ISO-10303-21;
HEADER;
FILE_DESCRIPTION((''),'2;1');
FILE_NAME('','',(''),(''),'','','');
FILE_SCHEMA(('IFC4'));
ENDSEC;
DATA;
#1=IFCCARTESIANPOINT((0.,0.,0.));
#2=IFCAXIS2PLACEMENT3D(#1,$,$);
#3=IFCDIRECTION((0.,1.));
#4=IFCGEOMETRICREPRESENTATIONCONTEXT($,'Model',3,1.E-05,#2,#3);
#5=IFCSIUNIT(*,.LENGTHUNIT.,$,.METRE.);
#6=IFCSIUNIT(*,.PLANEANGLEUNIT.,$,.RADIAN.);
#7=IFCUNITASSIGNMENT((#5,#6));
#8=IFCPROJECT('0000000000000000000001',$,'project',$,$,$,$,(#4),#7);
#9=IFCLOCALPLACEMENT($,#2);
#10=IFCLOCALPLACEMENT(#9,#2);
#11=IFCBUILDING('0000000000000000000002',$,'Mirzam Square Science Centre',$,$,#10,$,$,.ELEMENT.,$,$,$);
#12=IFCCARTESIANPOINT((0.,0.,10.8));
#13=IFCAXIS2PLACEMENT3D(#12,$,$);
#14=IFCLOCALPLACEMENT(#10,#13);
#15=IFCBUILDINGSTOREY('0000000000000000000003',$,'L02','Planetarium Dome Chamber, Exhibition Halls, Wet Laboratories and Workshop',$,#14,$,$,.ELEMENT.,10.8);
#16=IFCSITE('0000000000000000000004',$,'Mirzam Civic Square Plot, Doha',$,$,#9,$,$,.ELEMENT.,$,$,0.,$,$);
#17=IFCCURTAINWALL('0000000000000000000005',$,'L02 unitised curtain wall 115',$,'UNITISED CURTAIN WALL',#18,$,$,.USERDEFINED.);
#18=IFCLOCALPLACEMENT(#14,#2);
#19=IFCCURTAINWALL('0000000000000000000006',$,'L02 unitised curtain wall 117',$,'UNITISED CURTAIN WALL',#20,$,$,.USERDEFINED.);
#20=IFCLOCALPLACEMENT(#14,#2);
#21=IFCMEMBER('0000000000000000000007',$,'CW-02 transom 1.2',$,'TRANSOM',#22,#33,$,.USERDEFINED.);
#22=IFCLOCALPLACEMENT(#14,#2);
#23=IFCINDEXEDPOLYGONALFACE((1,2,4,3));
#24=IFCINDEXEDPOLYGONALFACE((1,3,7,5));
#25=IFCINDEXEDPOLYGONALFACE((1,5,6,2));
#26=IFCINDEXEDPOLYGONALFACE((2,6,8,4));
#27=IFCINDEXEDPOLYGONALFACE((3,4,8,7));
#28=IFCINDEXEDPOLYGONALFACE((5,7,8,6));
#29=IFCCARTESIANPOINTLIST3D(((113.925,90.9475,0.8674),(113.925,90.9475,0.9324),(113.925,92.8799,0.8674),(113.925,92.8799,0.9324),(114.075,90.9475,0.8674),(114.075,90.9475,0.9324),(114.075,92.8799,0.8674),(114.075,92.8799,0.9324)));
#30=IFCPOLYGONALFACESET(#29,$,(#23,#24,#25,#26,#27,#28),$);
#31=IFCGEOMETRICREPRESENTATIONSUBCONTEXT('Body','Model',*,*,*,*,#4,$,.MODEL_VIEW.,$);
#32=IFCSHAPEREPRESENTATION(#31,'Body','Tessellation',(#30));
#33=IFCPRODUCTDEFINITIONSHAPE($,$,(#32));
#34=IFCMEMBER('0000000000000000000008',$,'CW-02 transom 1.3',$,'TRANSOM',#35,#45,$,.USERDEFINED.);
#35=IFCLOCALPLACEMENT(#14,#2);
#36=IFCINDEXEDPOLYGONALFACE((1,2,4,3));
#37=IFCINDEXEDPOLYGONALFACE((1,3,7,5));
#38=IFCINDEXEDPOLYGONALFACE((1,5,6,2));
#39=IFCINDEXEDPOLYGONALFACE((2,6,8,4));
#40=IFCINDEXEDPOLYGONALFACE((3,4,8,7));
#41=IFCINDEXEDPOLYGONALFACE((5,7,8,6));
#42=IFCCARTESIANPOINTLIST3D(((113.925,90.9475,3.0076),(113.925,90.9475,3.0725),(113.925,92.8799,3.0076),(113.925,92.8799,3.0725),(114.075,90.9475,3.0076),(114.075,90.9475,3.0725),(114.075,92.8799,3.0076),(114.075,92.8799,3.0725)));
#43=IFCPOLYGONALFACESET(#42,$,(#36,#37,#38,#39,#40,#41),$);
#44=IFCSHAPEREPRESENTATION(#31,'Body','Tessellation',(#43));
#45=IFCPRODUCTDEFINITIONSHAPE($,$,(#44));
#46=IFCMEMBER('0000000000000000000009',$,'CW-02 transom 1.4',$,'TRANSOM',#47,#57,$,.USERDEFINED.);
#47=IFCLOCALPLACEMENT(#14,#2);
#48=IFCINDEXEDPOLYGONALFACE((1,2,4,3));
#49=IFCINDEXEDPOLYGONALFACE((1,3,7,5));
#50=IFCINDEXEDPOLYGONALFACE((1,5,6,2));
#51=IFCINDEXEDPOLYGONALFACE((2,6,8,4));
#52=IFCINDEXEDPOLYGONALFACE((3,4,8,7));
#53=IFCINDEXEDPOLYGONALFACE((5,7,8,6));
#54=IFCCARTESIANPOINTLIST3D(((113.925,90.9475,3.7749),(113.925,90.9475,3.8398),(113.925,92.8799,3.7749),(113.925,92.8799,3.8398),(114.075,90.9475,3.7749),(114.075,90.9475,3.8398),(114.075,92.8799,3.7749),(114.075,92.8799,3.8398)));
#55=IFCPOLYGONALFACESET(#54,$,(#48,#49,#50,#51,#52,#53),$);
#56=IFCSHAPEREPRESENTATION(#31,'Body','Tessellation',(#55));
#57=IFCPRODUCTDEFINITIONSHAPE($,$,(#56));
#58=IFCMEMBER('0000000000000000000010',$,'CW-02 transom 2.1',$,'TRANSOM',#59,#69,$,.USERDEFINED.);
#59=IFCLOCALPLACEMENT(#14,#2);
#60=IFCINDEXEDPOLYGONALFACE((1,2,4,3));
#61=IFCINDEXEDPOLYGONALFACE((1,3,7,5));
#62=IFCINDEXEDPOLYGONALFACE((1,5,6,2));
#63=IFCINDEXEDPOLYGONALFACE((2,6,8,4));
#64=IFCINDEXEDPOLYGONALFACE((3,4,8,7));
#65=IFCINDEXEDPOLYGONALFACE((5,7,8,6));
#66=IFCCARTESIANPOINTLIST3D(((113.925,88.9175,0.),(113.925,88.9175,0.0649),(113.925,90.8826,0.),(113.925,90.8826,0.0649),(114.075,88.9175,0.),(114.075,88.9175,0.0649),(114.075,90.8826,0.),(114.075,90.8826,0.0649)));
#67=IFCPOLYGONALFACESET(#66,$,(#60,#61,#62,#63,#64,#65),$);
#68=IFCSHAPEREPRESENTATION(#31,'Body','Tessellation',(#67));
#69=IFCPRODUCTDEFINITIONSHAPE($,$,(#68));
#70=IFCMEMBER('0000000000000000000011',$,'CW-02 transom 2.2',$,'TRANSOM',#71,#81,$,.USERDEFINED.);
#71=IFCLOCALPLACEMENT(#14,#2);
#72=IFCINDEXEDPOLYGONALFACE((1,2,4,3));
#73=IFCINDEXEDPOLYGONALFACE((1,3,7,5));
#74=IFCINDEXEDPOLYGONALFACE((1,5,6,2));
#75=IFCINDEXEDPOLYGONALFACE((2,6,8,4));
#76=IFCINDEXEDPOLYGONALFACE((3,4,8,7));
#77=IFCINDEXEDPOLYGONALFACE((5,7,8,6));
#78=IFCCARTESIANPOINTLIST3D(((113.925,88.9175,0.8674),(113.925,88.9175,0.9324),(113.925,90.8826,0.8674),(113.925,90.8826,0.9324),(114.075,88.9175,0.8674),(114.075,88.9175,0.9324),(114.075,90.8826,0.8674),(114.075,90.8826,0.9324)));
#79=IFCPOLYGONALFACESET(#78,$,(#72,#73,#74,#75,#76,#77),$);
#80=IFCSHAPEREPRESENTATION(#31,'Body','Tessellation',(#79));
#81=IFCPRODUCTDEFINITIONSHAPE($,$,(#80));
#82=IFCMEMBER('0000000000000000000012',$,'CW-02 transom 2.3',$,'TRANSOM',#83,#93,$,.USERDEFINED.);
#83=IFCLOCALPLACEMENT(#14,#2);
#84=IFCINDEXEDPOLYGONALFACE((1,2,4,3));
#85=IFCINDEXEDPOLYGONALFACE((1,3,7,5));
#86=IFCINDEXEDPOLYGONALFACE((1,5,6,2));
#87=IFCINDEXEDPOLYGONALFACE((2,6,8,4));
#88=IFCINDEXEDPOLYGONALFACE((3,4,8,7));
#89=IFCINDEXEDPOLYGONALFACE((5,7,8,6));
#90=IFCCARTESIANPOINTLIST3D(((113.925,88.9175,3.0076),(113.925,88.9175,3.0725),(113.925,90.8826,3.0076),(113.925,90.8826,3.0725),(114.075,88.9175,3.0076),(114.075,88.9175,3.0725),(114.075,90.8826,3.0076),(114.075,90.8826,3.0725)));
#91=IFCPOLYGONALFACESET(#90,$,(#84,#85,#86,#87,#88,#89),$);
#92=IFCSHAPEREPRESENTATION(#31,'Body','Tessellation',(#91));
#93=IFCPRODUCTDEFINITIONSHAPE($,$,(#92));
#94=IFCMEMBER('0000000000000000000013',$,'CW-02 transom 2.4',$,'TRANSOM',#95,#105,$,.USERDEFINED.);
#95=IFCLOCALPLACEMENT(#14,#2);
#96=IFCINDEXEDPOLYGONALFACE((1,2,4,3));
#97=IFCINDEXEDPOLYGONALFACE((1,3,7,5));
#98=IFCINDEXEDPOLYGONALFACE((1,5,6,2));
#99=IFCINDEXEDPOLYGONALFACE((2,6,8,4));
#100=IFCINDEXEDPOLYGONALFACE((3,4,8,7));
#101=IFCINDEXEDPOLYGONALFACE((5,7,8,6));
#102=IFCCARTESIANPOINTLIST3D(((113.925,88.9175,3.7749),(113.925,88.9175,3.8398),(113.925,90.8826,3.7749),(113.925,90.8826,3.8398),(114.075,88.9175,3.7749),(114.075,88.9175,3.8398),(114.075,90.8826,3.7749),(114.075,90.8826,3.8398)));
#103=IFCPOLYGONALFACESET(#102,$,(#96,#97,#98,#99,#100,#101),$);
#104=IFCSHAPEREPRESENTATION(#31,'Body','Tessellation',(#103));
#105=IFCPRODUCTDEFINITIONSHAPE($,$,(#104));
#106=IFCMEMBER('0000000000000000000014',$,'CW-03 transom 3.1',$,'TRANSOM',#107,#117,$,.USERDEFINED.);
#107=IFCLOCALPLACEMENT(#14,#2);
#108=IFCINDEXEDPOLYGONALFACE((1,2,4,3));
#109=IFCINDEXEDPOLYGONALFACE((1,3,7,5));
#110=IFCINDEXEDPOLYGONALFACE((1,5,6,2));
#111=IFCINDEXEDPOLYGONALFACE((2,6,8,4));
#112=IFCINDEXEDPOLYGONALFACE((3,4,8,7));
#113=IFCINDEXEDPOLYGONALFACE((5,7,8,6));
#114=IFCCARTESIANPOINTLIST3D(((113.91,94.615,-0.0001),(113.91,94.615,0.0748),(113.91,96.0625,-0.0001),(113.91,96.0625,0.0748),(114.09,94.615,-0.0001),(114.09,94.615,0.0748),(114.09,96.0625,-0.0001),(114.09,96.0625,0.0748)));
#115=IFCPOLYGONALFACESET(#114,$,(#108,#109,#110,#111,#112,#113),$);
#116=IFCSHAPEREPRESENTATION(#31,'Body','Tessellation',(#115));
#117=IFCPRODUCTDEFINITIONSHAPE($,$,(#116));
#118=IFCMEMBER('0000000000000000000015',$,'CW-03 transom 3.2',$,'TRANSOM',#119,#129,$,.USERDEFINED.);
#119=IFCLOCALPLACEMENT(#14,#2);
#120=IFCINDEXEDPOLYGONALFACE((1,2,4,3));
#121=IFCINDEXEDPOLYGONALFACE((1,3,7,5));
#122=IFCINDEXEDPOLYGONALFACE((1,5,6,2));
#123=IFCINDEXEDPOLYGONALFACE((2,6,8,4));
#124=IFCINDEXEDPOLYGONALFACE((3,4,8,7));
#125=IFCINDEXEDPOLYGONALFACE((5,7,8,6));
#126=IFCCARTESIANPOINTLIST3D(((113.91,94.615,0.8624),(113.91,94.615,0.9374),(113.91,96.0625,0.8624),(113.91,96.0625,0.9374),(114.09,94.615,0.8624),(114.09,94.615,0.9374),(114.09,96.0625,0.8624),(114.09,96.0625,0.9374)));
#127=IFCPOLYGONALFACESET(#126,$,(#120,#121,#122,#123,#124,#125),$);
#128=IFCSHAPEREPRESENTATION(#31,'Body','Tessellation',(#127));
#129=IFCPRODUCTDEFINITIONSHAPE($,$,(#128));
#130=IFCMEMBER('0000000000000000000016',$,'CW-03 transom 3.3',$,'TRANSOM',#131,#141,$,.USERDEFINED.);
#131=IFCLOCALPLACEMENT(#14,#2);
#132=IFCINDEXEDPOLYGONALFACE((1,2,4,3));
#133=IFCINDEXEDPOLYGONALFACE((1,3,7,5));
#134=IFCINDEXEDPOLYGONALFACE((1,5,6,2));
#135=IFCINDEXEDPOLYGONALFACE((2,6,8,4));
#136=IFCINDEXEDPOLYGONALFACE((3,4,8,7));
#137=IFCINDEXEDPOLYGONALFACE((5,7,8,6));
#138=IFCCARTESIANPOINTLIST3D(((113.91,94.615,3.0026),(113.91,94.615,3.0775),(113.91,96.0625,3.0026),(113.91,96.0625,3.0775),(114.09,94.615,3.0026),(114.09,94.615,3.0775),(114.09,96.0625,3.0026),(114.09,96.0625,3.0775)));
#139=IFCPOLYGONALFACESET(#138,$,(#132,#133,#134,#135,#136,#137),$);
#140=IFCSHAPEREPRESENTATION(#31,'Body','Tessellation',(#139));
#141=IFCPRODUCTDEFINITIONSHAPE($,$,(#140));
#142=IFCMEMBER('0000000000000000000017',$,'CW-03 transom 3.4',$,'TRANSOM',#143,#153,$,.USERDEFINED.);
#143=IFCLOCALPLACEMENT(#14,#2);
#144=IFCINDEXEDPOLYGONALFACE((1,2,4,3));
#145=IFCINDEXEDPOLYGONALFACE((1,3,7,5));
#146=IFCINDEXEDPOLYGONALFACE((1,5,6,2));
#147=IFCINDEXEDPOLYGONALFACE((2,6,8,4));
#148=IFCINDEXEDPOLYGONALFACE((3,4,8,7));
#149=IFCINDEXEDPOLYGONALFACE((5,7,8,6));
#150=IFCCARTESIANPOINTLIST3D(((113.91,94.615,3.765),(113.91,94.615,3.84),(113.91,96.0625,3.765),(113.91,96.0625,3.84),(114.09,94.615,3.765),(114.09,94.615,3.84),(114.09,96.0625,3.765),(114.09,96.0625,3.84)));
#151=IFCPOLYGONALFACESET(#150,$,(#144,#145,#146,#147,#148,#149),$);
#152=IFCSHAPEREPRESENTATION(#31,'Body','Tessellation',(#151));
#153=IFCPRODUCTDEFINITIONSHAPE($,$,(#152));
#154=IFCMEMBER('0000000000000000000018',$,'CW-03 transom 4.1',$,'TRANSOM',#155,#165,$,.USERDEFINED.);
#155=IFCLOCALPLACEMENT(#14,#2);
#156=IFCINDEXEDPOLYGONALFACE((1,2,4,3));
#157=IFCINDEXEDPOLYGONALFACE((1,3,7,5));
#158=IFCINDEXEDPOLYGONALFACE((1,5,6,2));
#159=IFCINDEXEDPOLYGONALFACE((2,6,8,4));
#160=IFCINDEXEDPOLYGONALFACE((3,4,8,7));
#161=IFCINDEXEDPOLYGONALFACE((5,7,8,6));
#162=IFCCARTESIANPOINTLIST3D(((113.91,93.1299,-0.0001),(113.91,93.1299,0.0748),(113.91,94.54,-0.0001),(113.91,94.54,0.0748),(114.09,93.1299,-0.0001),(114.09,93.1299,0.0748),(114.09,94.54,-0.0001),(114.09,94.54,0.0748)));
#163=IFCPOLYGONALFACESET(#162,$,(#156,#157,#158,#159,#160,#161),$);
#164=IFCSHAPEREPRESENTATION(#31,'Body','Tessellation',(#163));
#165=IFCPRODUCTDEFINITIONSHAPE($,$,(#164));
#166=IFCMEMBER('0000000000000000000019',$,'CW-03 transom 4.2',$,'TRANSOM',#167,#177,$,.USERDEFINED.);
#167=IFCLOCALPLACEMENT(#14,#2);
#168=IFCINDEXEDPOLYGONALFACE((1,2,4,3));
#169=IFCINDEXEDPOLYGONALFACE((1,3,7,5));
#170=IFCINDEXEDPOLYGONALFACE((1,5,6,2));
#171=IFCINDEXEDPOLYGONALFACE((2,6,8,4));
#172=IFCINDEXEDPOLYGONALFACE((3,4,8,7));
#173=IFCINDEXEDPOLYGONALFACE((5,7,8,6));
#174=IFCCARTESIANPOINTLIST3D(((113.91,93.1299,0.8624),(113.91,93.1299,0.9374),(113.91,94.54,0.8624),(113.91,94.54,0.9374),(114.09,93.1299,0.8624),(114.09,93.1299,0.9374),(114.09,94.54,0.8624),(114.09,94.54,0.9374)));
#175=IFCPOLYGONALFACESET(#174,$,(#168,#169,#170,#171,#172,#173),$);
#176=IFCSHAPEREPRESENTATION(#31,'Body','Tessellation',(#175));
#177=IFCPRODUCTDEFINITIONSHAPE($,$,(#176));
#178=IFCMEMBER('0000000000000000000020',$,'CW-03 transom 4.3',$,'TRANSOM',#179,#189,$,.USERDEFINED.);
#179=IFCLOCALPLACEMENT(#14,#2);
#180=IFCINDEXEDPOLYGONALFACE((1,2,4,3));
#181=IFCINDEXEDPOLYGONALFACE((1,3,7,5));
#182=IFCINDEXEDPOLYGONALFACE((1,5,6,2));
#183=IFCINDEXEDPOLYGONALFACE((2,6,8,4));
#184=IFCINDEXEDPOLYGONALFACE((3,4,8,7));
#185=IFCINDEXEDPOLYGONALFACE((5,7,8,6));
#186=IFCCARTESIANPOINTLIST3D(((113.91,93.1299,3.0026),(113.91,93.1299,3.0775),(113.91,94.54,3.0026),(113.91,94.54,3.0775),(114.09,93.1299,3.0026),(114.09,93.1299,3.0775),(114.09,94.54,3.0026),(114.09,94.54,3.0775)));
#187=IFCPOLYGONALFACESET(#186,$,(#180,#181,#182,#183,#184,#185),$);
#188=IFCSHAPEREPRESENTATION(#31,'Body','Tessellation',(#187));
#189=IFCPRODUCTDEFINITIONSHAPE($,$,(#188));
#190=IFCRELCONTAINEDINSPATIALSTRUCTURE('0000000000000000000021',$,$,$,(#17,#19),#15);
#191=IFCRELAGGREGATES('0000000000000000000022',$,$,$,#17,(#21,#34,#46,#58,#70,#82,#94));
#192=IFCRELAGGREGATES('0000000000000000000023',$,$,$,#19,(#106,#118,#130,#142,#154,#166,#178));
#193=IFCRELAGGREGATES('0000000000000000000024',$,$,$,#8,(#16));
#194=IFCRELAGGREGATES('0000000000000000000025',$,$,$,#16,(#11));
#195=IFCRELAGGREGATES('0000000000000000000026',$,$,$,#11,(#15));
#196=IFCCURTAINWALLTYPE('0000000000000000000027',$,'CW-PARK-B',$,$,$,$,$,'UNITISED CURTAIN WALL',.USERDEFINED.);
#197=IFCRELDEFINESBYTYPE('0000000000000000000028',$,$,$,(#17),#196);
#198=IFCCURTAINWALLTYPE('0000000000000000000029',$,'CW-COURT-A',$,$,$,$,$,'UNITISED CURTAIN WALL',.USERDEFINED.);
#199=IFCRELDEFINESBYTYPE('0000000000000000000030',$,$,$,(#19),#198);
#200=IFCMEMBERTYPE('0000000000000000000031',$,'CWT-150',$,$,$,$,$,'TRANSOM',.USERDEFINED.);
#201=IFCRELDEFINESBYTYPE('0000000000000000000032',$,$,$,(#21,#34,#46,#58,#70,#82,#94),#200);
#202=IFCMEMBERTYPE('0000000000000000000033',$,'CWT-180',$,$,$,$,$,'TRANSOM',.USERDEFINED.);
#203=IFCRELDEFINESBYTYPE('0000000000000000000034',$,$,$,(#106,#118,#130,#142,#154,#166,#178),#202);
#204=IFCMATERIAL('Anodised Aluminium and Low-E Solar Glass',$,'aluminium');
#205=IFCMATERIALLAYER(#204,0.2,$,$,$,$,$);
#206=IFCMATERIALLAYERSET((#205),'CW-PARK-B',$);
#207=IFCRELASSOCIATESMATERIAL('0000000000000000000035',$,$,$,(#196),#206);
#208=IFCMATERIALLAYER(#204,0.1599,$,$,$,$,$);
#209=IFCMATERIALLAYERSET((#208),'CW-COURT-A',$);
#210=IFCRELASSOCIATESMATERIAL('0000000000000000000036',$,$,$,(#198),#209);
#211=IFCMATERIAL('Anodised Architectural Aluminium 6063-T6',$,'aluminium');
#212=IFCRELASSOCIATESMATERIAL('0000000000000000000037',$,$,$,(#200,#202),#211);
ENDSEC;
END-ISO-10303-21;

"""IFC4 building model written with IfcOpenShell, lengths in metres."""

from ifc_helpers import new_model, si_unit, direction, frame, origin, origin_2d, place, context, subcontext, project, spatial, rectangle, extrude, material, layer, layer_set, material_profile, profile_set, type_object, element, aggregate, save


model = new_model("IFC4")

# Units and contexts
model_context = context("Model", 3, precision=1e-05, world=origin(), true_north=direction((0.0, 1.0)))
body_context = subcontext(model_context, "Body", "Model", "MODEL_VIEW")
ifc_project = project(units=[si_unit("LENGTHUNIT", "METRE"), si_unit("PLANEANGLEUNIT", "RADIAN")], contexts=[model_context])

# Site, building, storey
site_placement = place(None, origin())
site = spatial("IfcSite", under=ifc_project, at=site_placement, Name="Mirzam Civic Square Plot, Doha", CompositionType="ELEMENT", RefElevation=0.0)
building_placement = place(site_placement, origin())
building = spatial("IfcBuilding", under=site, at=building_placement, Name="Mirzam Square Science Centre", CompositionType="ELEMENT")
storey_placement = place(building_placement, frame((0.0, 0.0, 10.8)))
storey = spatial("IfcBuildingStorey", under=building, at=storey_placement, Name="L02", Description="Planetarium Dome Chamber, Exhibition Halls, Wet Laboratories and Workshop", CompositionType="ELEMENT", Elevation=10.8)

# Curtain walls
ifc_material_1 = material(Name="Anodised Aluminium and Low-E Solar Glass", Category="aluminium")
ifc_layer_1 = layer(ifc_material_1, 0.2)
ifc_layer_set_1 = layer_set([ifc_layer_1], Name="CW-PARK-B")
curtain_wall_type_1 = type_object("IfcCurtainWallType", Name="CW-PARK-B", ElementType="UNITISED CURTAIN WALL", PredefinedType="USERDEFINED", material=ifc_layer_set_1)
curtain_wall_1_placement = place(storey_placement, origin())
curtain_wall_1 = element("IfcCurtainWall", 1, at=curtain_wall_1_placement, inside=storey, type_object=curtain_wall_type_1, Name="L02 unitised curtain wall 115", ObjectType="UNITISED CURTAIN WALL", PredefinedType="USERDEFINED")
ifc_material_2 = material(Name="Anodised Architectural Aluminium 6063-T6", Category="aluminium")
ifc_layer_2 = layer(ifc_material_1, 0.1599)
ifc_layer_set_2 = layer_set([ifc_layer_2], Name="CW-COURT-A")
curtain_wall_type_2 = type_object("IfcCurtainWallType", Name="CW-COURT-A", ElementType="UNITISED CURTAIN WALL", PredefinedType="USERDEFINED", material=ifc_layer_set_2)
curtain_wall_2_placement = place(storey_placement, origin())
curtain_wall_2 = element("IfcCurtainWall", 2, at=curtain_wall_2_placement, inside=storey, type_object=curtain_wall_type_2, Name="L02 unitised curtain wall 117", ObjectType="UNITISED CURTAIN WALL", PredefinedType="USERDEFINED")

# Members
ifc_material_profile_1 = material_profile(ifc_material_2, rectangle(XDim=0.1499, YDim=0.0649, at=origin_2d()), Name="ALU-TRAN-150x65x4")
ifc_profile_set_1 = profile_set([ifc_material_profile_1], Name="Anodised Architectural Aluminium 6063-T6")
member_type_1 = type_object("IfcMemberType", Name="CWT-150", ElementType="TRANSOM", PredefinedType="USERDEFINED", material=ifc_profile_set_1)
member_1_placement = place(storey_placement, frame((114.0, 92.8799, 0.8999), z_axis=(0.0, -1.0, 0.0), x_axis=(1.0, 0.0, 0.0)))
member_1 = element("IfcMember", 3, at=member_1_placement, type_object=member_type_1, Name="CW-02 transom 1.2", ObjectType="TRANSOM", PredefinedType="USERDEFINED", context=body_context, shape_type="SweptSolid", body=[
    extrude(rectangle(XDim=0.1499, YDim=0.0649, at=origin_2d()), origin(), (0.0, 0.0, 1.0), 1.9324),
])
member_2_placement = place(storey_placement, frame((114.0, 92.8799, 3.04), z_axis=(0.0, -1.0, 0.0), x_axis=(1.0, 0.0, 0.0)))
member_2 = element("IfcMember", 4, at=member_2_placement, type_object=member_type_1, Name="CW-02 transom 1.3", ObjectType="TRANSOM", PredefinedType="USERDEFINED", context=body_context, shape_type="SweptSolid", body=[
    extrude(rectangle(XDim=0.1499, YDim=0.0649, at=origin_2d()), origin(), (0.0, 0.0, 1.0), 1.9324),
])
member_3_placement = place(storey_placement, frame((114.0, 92.8799, 3.8074), z_axis=(0.0, -1.0, 0.0), x_axis=(1.0, 0.0, 0.0)))
member_3 = element("IfcMember", 5, at=member_3_placement, type_object=member_type_1, Name="CW-02 transom 1.4", ObjectType="TRANSOM", PredefinedType="USERDEFINED", context=body_context, shape_type="SweptSolid", body=[
    extrude(rectangle(XDim=0.1499, YDim=0.0649, at=origin_2d()), origin(), (0.0, 0.0, 1.0), 1.9324),
])
member_4_placement = place(storey_placement, frame((114.0, 90.8826, 0.0325), z_axis=(0.0, -1.0, 0.0), x_axis=(1.0, 0.0, 0.0)))
member_4 = element("IfcMember", 6, at=member_4_placement, type_object=member_type_1, Name="CW-02 transom 2.1", ObjectType="TRANSOM", PredefinedType="USERDEFINED", context=body_context, shape_type="SweptSolid", body=[
    extrude(rectangle(XDim=0.1499, YDim=0.0649, at=origin_2d()), origin(), (0.0, 0.0, 1.0), 1.9651),
])
member_5_placement = place(storey_placement, frame((114.0, 90.8826, 0.8999), z_axis=(0.0, -1.0, 0.0), x_axis=(1.0, 0.0, 0.0)))
member_5 = element("IfcMember", 7, at=member_5_placement, type_object=member_type_1, Name="CW-02 transom 2.2", ObjectType="TRANSOM", PredefinedType="USERDEFINED", context=body_context, shape_type="SweptSolid", body=[
    extrude(rectangle(XDim=0.1499, YDim=0.0649, at=origin_2d()), origin(), (0.0, 0.0, 1.0), 1.9651),
])
member_6_placement = place(storey_placement, frame((114.0, 90.8826, 3.04), z_axis=(0.0, -1.0, 0.0), x_axis=(1.0, 0.0, 0.0)))
member_6 = element("IfcMember", 8, at=member_6_placement, type_object=member_type_1, Name="CW-02 transom 2.3", ObjectType="TRANSOM", PredefinedType="USERDEFINED", context=body_context, shape_type="SweptSolid", body=[
    extrude(rectangle(XDim=0.1499, YDim=0.0649, at=origin_2d()), origin(), (0.0, 0.0, 1.0), 1.9651),
])
member_7_placement = place(storey_placement, frame((114.0, 90.8826, 3.8074), z_axis=(0.0, -1.0, 0.0), x_axis=(1.0, 0.0, 0.0)))
member_7 = element("IfcMember", 9, at=member_7_placement, type_object=member_type_1, Name="CW-02 transom 2.4", ObjectType="TRANSOM", PredefinedType="USERDEFINED", context=body_context, shape_type="SweptSolid", body=[
    extrude(rectangle(XDim=0.1499, YDim=0.0649, at=origin_2d()), origin(), (0.0, 0.0, 1.0), 1.9651),
])
ifc_material_profile_2 = material_profile(ifc_material_2, rectangle(XDim=0.1799, YDim=0.075, at=origin_2d()), Name="ALU-TRAN-180x75x5")
ifc_profile_set_2 = profile_set([ifc_material_profile_2], Name="Anodised Architectural Aluminium 6063-T6")
member_type_2 = type_object("IfcMemberType", Name="CWT-180", ElementType="TRANSOM", PredefinedType="USERDEFINED", material=ifc_profile_set_2)
member_8_placement = place(storey_placement, frame((114.0, 96.0625, 0.0374), z_axis=(0.0, -1.0, 0.0), x_axis=(1.0, 0.0, 0.0)))
member_8 = element("IfcMember", 10, at=member_8_placement, type_object=member_type_2, Name="CW-03 transom 3.1", ObjectType="TRANSOM", PredefinedType="USERDEFINED", context=body_context, shape_type="SweptSolid", body=[
    extrude(rectangle(XDim=0.1799, YDim=0.075, at=origin_2d()), origin(), (0.0, 0.0, 1.0), 1.4475),
])
member_9_placement = place(storey_placement, frame((114.0, 96.0625, 0.8999), z_axis=(0.0, -1.0, 0.0), x_axis=(1.0, 0.0, 0.0)))
member_9 = element("IfcMember", 11, at=member_9_placement, type_object=member_type_2, Name="CW-03 transom 3.2", ObjectType="TRANSOM", PredefinedType="USERDEFINED", context=body_context, shape_type="SweptSolid", body=[
    extrude(rectangle(XDim=0.1799, YDim=0.075, at=origin_2d()), origin(), (0.0, 0.0, 1.0), 1.4475),
])
member_10_placement = place(storey_placement, frame((114.0, 96.0625, 3.04), z_axis=(0.0, -1.0, 0.0), x_axis=(1.0, 0.0, 0.0)))
member_10 = element("IfcMember", 12, at=member_10_placement, type_object=member_type_2, Name="CW-03 transom 3.3", ObjectType="TRANSOM", PredefinedType="USERDEFINED", context=body_context, shape_type="SweptSolid", body=[
    extrude(rectangle(XDim=0.1799, YDim=0.075, at=origin_2d()), origin(), (0.0, 0.0, 1.0), 1.4475),
])
member_11_placement = place(storey_placement, frame((114.0, 96.0625, 3.8025), z_axis=(0.0, -1.0, 0.0), x_axis=(1.0, 0.0, 0.0)))
member_11 = element("IfcMember", 13, at=member_11_placement, type_object=member_type_2, Name="CW-03 transom 3.4", ObjectType="TRANSOM", PredefinedType="USERDEFINED", context=body_context, shape_type="SweptSolid", body=[
    extrude(rectangle(XDim=0.1799, YDim=0.075, at=origin_2d()), origin(), (0.0, 0.0, 1.0), 1.4475),
])
member_12_placement = place(storey_placement, frame((114.0, 94.54, 0.0374), z_axis=(0.0, -1.0, 0.0), x_axis=(1.0, 0.0, 0.0)))
member_12 = element("IfcMember", 14, at=member_12_placement, type_object=member_type_2, Name="CW-03 transom 4.1", ObjectType="TRANSOM", PredefinedType="USERDEFINED", context=body_context, shape_type="SweptSolid", body=[
    extrude(rectangle(XDim=0.1799, YDim=0.075, at=origin_2d()), origin(), (0.0, 0.0, 1.0), 1.4102),
])
member_13_placement = place(storey_placement, frame((114.0, 94.54, 0.8999), z_axis=(0.0, -1.0, 0.0), x_axis=(1.0, 0.0, 0.0)))
member_13 = element("IfcMember", 15, at=member_13_placement, type_object=member_type_2, Name="CW-03 transom 4.2", ObjectType="TRANSOM", PredefinedType="USERDEFINED", context=body_context, shape_type="SweptSolid", body=[
    extrude(rectangle(XDim=0.1799, YDim=0.075, at=origin_2d()), origin(), (0.0, 0.0, 1.0), 1.4102),
])
member_14_placement = place(storey_placement, frame((114.0, 94.54, 3.04), z_axis=(0.0, -1.0, 0.0), x_axis=(1.0, 0.0, 0.0)))
member_14 = element("IfcMember", 16, at=member_14_placement, type_object=member_type_2, Name="CW-03 transom 4.3", ObjectType="TRANSOM", PredefinedType="USERDEFINED", context=body_context, shape_type="SweptSolid", body=[
    extrude(rectangle(XDim=0.1799, YDim=0.075, at=origin_2d()), origin(), (0.0, 0.0, 1.0), 1.4102),
])

aggregate(curtain_wall_1, [member_1, member_2, member_3, member_4, member_5, member_6, member_7])
aggregate(curtain_wall_2, [member_8, member_9, member_10, member_11, member_12, member_13, member_14])

save(model, "model.ifc")
